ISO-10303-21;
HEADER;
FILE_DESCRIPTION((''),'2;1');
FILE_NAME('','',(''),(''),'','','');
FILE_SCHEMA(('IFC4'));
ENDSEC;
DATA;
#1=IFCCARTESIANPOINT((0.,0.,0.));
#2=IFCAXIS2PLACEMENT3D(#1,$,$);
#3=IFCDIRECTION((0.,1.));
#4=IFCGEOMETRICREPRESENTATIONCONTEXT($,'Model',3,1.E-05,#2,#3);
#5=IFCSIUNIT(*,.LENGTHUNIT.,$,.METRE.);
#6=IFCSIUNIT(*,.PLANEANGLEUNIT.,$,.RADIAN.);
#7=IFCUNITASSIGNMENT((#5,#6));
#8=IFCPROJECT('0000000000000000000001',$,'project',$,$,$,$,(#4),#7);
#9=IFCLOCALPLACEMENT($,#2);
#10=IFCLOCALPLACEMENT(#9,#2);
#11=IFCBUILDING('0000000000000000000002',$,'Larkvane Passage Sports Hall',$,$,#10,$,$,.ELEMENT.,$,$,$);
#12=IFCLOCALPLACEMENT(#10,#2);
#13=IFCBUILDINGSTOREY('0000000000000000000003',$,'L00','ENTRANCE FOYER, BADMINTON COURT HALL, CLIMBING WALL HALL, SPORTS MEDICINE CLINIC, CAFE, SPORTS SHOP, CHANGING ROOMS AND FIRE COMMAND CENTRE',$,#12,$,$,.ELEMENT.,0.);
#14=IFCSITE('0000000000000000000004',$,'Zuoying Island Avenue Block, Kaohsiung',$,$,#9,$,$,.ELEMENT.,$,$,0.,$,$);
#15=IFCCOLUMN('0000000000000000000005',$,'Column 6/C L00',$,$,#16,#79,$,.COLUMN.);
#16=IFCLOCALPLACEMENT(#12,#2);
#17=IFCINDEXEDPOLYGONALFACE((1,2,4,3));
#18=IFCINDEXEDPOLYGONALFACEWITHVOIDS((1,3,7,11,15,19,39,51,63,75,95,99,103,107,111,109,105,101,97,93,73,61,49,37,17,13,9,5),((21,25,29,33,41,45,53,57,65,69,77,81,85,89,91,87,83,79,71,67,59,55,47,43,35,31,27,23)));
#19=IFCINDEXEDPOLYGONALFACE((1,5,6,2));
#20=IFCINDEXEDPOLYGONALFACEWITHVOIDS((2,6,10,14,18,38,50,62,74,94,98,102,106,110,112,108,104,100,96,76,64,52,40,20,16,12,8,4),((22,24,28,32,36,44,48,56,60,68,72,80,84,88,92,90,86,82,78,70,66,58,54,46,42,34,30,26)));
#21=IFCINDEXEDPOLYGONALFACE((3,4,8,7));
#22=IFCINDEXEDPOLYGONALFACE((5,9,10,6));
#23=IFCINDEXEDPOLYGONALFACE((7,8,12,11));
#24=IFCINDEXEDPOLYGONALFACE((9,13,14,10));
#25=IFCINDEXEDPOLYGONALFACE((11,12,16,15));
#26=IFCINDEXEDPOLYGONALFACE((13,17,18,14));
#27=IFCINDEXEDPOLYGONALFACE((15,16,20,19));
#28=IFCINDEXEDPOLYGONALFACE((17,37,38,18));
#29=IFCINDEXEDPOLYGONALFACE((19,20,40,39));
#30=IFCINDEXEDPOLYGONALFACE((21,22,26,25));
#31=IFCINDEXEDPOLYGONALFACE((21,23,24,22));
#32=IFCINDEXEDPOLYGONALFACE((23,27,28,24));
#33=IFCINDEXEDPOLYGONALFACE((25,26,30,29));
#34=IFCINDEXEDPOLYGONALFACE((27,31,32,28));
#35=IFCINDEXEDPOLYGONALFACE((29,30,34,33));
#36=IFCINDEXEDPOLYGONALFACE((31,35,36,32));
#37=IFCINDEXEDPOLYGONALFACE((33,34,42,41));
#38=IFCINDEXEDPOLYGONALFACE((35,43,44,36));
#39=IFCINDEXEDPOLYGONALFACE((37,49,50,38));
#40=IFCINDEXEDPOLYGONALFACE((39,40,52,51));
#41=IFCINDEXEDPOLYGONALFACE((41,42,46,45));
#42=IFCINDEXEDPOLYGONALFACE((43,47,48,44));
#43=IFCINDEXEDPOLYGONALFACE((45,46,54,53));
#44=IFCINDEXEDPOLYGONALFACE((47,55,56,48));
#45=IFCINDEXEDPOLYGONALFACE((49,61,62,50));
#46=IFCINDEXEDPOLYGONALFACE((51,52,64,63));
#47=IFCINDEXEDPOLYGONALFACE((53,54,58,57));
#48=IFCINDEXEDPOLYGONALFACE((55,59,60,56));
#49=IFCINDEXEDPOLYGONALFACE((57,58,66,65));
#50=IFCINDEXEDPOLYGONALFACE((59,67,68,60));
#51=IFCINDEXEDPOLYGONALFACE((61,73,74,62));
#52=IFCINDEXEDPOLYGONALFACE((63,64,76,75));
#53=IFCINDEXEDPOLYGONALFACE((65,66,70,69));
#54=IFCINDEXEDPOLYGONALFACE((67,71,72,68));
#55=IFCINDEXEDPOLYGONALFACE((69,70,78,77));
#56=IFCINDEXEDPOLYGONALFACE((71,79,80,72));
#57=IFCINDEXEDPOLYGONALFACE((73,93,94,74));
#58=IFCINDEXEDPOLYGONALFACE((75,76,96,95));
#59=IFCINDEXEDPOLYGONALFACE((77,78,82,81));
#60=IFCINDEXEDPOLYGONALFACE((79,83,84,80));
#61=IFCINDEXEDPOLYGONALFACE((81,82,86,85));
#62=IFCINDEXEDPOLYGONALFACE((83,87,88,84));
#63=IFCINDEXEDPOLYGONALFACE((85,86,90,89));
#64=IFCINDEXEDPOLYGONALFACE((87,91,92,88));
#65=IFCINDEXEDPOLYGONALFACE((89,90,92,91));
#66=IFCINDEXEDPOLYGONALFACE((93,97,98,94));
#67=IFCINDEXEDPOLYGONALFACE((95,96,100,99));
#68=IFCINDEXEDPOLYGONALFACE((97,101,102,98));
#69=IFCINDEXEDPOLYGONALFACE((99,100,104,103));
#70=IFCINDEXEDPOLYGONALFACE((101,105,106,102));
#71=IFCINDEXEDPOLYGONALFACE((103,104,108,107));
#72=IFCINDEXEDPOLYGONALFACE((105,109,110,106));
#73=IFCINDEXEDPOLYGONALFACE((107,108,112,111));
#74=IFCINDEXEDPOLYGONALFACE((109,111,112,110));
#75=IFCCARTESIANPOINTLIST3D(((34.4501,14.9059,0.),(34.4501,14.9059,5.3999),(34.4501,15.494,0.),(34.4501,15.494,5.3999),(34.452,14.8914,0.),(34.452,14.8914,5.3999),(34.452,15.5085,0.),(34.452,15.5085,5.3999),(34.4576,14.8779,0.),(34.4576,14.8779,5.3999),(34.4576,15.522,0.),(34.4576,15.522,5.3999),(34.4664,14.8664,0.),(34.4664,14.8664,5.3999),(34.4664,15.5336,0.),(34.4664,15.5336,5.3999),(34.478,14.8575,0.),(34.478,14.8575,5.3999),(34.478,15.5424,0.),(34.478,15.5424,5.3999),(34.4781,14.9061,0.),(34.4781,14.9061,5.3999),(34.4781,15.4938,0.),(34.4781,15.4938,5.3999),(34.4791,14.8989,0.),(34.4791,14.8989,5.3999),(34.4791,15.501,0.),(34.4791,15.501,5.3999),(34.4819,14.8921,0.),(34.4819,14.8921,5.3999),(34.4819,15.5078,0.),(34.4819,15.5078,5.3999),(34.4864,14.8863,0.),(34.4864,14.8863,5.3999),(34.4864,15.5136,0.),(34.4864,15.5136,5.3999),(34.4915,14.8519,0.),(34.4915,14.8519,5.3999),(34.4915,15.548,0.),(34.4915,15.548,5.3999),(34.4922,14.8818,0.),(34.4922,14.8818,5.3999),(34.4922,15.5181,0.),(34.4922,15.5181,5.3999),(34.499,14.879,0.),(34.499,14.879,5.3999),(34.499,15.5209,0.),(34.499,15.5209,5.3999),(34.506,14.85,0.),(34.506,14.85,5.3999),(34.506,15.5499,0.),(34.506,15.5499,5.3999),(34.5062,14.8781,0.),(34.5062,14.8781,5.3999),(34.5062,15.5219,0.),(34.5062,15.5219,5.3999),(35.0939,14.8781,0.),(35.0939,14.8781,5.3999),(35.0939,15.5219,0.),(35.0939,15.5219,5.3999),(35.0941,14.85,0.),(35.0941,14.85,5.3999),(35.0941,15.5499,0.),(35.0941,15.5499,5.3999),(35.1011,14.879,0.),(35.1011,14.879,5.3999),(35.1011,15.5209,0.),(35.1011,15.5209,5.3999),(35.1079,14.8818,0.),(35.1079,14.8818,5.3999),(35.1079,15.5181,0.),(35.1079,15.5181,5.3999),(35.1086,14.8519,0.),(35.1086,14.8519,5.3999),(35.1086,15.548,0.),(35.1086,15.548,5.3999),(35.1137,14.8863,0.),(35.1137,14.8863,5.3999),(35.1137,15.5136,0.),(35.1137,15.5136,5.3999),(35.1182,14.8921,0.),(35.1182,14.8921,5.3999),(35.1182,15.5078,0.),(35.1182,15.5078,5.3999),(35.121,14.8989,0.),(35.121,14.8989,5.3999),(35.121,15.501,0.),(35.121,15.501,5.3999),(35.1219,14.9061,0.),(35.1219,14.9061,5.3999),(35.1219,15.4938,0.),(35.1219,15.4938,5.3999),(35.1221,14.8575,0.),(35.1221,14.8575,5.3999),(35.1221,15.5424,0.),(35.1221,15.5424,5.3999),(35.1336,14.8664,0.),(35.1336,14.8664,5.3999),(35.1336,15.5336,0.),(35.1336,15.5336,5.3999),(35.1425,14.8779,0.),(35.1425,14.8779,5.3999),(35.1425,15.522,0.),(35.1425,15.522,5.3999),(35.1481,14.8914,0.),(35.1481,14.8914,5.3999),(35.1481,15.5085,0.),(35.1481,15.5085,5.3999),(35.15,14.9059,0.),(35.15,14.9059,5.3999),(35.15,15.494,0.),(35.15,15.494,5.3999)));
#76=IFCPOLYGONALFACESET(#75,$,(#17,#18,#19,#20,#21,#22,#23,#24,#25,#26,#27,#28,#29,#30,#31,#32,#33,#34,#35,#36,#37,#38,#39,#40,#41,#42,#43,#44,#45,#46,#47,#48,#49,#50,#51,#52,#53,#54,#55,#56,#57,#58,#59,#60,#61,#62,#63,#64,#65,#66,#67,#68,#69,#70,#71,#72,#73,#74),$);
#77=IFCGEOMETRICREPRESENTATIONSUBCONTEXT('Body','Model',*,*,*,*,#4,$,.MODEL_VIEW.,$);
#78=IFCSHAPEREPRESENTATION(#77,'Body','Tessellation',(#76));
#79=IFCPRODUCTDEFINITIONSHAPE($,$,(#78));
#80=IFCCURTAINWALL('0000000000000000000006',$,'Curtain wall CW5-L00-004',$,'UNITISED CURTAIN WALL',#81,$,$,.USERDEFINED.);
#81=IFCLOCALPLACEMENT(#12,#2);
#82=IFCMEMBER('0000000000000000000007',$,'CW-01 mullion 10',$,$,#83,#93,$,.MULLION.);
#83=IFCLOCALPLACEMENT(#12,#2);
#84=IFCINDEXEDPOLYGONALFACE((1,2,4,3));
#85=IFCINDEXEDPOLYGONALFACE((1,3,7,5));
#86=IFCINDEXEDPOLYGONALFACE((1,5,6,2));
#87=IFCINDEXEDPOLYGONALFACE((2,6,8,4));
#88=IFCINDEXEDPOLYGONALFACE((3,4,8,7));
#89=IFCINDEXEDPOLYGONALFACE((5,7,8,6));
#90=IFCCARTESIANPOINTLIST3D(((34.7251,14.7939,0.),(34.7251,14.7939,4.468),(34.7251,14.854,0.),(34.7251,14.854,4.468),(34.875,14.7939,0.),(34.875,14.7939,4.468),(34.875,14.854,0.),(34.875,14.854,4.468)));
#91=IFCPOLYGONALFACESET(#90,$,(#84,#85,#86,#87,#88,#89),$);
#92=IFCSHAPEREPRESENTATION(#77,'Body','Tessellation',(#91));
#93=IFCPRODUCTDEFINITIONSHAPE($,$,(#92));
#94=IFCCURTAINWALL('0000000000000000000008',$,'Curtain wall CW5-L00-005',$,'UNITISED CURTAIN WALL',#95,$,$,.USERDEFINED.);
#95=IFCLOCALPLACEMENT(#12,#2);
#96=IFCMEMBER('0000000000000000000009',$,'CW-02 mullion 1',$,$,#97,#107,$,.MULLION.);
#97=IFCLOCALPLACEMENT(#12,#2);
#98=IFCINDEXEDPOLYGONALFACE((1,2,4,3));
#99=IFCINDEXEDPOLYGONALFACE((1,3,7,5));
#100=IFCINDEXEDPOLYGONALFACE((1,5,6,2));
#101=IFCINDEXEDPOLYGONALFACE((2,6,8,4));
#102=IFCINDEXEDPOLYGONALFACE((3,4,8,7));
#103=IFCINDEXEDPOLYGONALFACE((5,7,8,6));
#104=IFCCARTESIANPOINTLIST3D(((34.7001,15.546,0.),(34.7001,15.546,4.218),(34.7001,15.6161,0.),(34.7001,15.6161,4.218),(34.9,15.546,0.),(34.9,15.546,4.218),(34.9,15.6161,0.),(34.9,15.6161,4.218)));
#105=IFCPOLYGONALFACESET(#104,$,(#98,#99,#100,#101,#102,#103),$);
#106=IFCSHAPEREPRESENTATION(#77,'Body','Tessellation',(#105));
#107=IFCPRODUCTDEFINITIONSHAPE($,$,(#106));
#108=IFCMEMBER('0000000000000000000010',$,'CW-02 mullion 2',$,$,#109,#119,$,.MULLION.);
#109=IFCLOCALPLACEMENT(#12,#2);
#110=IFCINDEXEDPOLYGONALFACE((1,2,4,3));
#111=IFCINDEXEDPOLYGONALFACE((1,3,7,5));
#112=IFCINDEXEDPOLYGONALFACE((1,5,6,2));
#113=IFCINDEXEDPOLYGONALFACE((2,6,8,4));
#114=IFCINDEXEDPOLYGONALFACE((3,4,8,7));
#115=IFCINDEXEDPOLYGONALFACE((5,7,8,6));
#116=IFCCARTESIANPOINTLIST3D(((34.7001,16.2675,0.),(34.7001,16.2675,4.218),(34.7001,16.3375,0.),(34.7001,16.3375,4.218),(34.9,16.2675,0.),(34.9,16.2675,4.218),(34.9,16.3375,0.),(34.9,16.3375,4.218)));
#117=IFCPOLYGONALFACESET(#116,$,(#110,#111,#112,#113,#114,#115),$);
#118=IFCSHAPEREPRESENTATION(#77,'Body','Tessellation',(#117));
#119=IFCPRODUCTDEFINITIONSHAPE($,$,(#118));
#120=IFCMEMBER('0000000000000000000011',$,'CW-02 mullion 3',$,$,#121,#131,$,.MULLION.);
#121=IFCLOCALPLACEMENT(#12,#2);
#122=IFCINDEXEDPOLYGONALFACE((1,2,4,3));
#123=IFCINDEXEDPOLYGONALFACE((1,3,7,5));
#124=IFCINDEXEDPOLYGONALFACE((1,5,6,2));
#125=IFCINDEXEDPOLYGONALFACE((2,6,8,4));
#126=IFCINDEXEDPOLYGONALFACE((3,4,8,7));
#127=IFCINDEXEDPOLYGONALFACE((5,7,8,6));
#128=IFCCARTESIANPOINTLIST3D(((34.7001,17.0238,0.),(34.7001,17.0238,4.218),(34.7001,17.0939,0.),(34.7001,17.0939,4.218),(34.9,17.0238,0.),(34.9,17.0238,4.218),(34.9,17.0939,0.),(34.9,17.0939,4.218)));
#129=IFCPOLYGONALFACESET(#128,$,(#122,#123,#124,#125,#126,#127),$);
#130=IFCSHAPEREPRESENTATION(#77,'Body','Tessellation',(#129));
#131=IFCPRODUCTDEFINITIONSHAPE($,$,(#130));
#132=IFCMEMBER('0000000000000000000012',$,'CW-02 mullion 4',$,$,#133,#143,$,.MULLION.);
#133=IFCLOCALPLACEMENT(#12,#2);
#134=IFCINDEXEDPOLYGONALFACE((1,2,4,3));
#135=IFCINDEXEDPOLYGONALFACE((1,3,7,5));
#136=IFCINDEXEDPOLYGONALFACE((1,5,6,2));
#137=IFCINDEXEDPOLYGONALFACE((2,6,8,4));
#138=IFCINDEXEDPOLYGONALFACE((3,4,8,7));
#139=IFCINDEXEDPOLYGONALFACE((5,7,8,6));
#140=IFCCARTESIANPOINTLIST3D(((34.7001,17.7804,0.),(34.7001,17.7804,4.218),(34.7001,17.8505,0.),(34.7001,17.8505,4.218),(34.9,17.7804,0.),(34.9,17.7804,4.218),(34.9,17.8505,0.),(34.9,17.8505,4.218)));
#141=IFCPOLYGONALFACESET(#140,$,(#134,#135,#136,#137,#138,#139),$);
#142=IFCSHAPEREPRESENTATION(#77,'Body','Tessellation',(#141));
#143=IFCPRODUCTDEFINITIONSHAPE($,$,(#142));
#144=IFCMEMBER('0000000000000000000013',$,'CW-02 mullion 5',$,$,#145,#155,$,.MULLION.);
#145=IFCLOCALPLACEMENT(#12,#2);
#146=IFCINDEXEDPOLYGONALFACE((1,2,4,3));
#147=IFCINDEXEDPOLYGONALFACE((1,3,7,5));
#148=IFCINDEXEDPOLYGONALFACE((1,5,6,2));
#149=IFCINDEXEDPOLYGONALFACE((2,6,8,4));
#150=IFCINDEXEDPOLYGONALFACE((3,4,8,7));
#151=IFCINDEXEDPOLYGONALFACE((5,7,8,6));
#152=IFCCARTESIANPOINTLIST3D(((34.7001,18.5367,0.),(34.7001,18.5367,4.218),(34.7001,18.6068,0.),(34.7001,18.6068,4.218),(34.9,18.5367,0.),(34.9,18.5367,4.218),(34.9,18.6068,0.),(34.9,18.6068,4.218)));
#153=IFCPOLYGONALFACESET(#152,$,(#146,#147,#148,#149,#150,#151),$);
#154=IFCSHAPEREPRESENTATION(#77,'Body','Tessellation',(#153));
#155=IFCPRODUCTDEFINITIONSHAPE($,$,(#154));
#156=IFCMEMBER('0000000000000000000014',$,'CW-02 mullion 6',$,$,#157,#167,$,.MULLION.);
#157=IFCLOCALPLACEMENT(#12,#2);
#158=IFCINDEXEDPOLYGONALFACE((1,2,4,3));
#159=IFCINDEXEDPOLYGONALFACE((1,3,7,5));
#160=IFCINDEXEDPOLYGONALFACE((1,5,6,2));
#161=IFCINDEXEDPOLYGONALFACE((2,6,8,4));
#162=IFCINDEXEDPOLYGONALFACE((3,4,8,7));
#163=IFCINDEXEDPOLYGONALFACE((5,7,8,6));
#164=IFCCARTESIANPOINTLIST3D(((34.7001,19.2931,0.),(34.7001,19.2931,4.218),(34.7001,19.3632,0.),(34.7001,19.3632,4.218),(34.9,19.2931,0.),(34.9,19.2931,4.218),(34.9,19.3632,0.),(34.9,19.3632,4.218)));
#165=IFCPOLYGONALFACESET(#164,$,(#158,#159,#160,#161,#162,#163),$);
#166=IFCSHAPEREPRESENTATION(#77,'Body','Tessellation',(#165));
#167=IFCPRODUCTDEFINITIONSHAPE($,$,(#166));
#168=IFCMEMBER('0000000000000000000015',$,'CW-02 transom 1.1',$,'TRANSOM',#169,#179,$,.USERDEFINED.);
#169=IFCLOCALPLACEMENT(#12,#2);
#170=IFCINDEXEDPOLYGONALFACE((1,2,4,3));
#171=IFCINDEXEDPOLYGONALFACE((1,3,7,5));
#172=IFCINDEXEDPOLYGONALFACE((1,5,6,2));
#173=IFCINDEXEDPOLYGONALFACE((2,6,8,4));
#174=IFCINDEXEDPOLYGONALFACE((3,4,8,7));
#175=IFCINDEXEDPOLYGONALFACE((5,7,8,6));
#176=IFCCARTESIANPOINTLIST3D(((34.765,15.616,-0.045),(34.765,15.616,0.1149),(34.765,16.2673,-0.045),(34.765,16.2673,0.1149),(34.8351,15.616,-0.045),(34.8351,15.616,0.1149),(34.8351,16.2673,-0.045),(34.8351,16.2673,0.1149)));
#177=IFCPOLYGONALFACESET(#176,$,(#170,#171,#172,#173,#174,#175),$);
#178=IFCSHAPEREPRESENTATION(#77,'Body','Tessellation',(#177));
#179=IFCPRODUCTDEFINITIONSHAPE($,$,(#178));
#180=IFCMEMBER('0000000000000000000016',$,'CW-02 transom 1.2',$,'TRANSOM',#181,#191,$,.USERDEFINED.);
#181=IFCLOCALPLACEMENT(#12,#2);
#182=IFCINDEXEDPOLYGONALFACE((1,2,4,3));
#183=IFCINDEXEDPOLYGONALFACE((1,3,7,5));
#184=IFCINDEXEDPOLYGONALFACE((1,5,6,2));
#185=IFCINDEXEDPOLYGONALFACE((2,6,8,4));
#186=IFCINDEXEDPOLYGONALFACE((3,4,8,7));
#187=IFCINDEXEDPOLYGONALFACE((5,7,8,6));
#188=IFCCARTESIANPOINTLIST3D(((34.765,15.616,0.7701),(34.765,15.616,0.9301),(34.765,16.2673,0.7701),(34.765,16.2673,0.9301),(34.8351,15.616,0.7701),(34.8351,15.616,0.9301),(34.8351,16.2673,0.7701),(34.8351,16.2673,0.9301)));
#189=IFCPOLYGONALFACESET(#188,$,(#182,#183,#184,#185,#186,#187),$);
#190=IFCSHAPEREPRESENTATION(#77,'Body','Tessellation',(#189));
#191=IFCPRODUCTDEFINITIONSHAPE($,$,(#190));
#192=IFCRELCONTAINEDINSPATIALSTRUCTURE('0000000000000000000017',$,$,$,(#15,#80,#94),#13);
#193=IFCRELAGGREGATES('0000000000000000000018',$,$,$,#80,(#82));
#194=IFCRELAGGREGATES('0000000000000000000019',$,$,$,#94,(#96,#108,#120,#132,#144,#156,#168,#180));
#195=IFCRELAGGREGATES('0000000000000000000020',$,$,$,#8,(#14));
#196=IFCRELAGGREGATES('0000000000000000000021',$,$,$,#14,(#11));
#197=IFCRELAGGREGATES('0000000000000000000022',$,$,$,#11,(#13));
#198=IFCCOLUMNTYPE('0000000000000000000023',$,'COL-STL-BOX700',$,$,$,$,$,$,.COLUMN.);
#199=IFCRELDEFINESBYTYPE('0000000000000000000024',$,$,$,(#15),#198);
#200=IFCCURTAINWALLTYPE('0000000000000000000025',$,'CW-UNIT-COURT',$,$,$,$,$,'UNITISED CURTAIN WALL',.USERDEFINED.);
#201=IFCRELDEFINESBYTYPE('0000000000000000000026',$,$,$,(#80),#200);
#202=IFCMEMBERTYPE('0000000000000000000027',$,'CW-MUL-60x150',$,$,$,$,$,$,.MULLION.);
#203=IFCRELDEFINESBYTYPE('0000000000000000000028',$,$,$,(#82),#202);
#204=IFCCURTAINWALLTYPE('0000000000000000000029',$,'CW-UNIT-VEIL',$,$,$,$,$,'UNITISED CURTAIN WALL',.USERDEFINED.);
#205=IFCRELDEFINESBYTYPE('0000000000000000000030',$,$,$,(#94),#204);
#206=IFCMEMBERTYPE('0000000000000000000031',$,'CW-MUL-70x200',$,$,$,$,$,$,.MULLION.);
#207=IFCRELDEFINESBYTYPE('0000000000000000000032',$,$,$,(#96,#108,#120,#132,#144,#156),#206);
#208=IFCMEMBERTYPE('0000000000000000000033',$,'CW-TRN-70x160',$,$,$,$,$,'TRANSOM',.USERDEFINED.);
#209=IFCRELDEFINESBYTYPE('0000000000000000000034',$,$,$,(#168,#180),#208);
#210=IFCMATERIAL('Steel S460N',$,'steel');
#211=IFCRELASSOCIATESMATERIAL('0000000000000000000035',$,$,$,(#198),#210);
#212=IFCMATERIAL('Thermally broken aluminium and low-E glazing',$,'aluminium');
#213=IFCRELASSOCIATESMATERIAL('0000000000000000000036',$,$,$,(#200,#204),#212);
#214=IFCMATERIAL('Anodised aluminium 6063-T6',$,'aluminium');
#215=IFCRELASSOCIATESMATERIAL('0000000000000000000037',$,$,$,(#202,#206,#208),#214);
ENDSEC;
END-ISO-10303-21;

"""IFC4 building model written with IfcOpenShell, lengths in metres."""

from ifc_helpers import new_model, si_unit, direction, frame, origin, origin_2d, place, context, subcontext, project, spatial, rectangle, hollow_rectangle, extrude, material, material_profile, profile_set, type_object, element, aggregate, save


model = new_model("IFC4")

# Units and contexts
model_context = context("Model", 3, precision=1e-05, world=origin(), true_north=direction((0.0, 1.0)))
body_context = subcontext(model_context, "Body", "Model", "MODEL_VIEW")
ifc_project = project(units=[si_unit("LENGTHUNIT", "METRE"), si_unit("PLANEANGLEUNIT", "RADIAN")], contexts=[model_context])

# Site, building, storey
site_placement = place(None, origin())
site = spatial("IfcSite", under=ifc_project, at=site_placement, Name="Zuoying Island Avenue Block, Kaohsiung", CompositionType="ELEMENT", RefElevation=0.0)
building_placement = place(site_placement, origin())
building = spatial("IfcBuilding", under=site, at=building_placement, Name="Larkvane Passage Sports Hall", CompositionType="ELEMENT")
storey_placement = place(building_placement, origin())
storey = spatial("IfcBuildingStorey", under=building, at=storey_placement, Name="L00", Description="ENTRANCE FOYER, BADMINTON COURT HALL, CLIMBING WALL HALL, SPORTS MEDICINE CLINIC, CAFE, SPORTS SHOP, CHANGING ROOMS AND FIRE COMMAND CENTRE", CompositionType="ELEMENT", Elevation=0.0)

# Column
ifc_material_1 = material(Name="Steel S460N", Category="steel")
ifc_material_profile_1 = material_profile(ifc_material_1, hollow_rectangle(XDim=0.7, YDim=0.7, WallThickness=0.0281, InnerFilletRadius=0.0281, OuterFilletRadius=0.0559, at=origin_2d()), Name="BOX-700x700x28")
ifc_profile_set_1 = profile_set([ifc_material_profile_1], Name="Steel S460N")
column_type = type_object("IfcColumnType", Name="COL-STL-BOX700", PredefinedType="COLUMN", material=ifc_profile_set_1)
column_placement = place(storey_placement, frame((34.8, 15.2, 0.0), z_axis=(0.0, 0.0, 1.0), x_axis=(1.0, 0.0, 0.0)))
element("IfcColumn", 1, at=column_placement, inside=storey, type_object=column_type, Name="Column 6/C L00", PredefinedType="COLUMN", context=body_context, shape_type="SweptSolid", body=[
    extrude(hollow_rectangle(XDim=0.7, YDim=0.7, WallThickness=0.0281, InnerFilletRadius=0.0281, OuterFilletRadius=0.0559, at=origin_2d()), origin(), (0.0, 0.0, 1.0), 5.3999),
])

# Curtain wall, member
ifc_material_2 = material(Name="Thermally broken aluminium and low-E glazing", Category="aluminium")
curtain_wall_type_1 = type_object("IfcCurtainWallType", Name="CW-UNIT-COURT", ElementType="UNITISED CURTAIN WALL", PredefinedType="USERDEFINED", material=ifc_material_2)
curtain_wall_1_placement = place(storey_placement, origin())
curtain_wall_1 = element("IfcCurtainWall", 2, at=curtain_wall_1_placement, inside=storey, type_object=curtain_wall_type_1, Name="Curtain wall CW5-L00-004", ObjectType="UNITISED CURTAIN WALL", PredefinedType="USERDEFINED")
ifc_material_3 = material(Name="Anodised aluminium 6063-T6", Category="aluminium")
ifc_material_profile_2 = material_profile(ifc_material_3, rectangle(XDim=0.0601, YDim=0.1499, at=origin_2d()), Name="ALU-MUL-60x150")
ifc_profile_set_2 = profile_set([ifc_material_profile_2], Name="Anodised aluminium 6063-T6")
member_type_1 = type_object("IfcMemberType", Name="CW-MUL-60x150", PredefinedType="MULLION", material=ifc_profile_set_2)
member_1_placement = place(storey_placement, frame((34.8, 14.824, 0.0), z_axis=(0.0, 0.0, 1.0), x_axis=(0.0, 1.0, 0.0)))
member_1 = element("IfcMember", 3, at=member_1_placement, type_object=member_type_1, Name="CW-01 mullion 10", PredefinedType="MULLION", context=body_context, shape_type="SweptSolid", body=[
    extrude(rectangle(XDim=0.0601, YDim=0.1499, at=origin_2d()), origin(), (0.0, 0.0, 1.0), 4.468),
])
aggregate(curtain_wall_1, [member_1])

# Curtain wall, members
curtain_wall_type_2 = type_object("IfcCurtainWallType", Name="CW-UNIT-VEIL", ElementType="UNITISED CURTAIN WALL", PredefinedType="USERDEFINED", material=ifc_material_2)
curtain_wall_2_placement = place(storey_placement, origin())
curtain_wall_2 = element("IfcCurtainWall", 4, at=curtain_wall_2_placement, inside=storey, type_object=curtain_wall_type_2, Name="Curtain wall CW5-L00-005", ObjectType="UNITISED CURTAIN WALL", PredefinedType="USERDEFINED")
ifc_material_profile_3 = material_profile(ifc_material_3, rectangle(XDim=0.0701, YDim=0.2, at=origin_2d()), Name="ALU-MUL-70x200")
ifc_profile_set_3 = profile_set([ifc_material_profile_3], Name="Anodised aluminium 6063-T6")
member_type_2 = type_object("IfcMemberType", Name="CW-MUL-70x200", PredefinedType="MULLION", material=ifc_profile_set_3)
member_2_placement = place(storey_placement, frame((34.8, 15.5811, 0.0), z_axis=(0.0, 0.0, 1.0), x_axis=(0.0, 1.0, 0.0)))
member_2 = element("IfcMember", 5, at=member_2_placement, type_object=member_type_2, Name="CW-02 mullion 1", PredefinedType="MULLION", context=body_context, shape_type="SweptSolid", body=[
    extrude(rectangle(XDim=0.0701, YDim=0.2, at=origin_2d()), origin(), (0.0, 0.0, 1.0), 4.218),
])
member_3_placement = place(storey_placement, frame((34.8, 16.3025, 0.0), z_axis=(0.0, 0.0, 1.0), x_axis=(0.0, 1.0, 0.0)))
member_3 = element("IfcMember", 6, at=member_3_placement, type_object=member_type_2, Name="CW-02 mullion 2", PredefinedType="MULLION", context=body_context, shape_type="SweptSolid", body=[
    extrude(rectangle(XDim=0.0701, YDim=0.2, at=origin_2d()), origin(), (0.0, 0.0, 1.0), 4.218),
])
member_4_placement = place(storey_placement, frame((34.8, 17.0588, 0.0), z_axis=(0.0, 0.0, 1.0), x_axis=(0.0, 1.0, 0.0)))
member_4 = element("IfcMember", 7, at=member_4_placement, type_object=member_type_2, Name="CW-02 mullion 3", PredefinedType="MULLION", context=body_context, shape_type="SweptSolid", body=[
    extrude(rectangle(XDim=0.0701, YDim=0.2, at=origin_2d()), origin(), (0.0, 0.0, 1.0), 4.218),
])
member_5_placement = place(storey_placement, frame((34.8, 17.8154, 0.0), z_axis=(0.0, 0.0, 1.0), x_axis=(0.0, 1.0, 0.0)))
member_5 = element("IfcMember", 8, at=member_5_placement, type_object=member_type_2, Name="CW-02 mullion 4", PredefinedType="MULLION", context=body_context, shape_type="SweptSolid", body=[
    extrude(rectangle(XDim=0.0701, YDim=0.2, at=origin_2d()), origin(), (0.0, 0.0, 1.0), 4.218),
])
member_6_placement = place(storey_placement, frame((34.8, 18.5718, 0.0), z_axis=(0.0, 0.0, 1.0), x_axis=(0.0, 1.0, 0.0)))
member_6 = element("IfcMember", 9, at=member_6_placement, type_object=member_type_2, Name="CW-02 mullion 5", PredefinedType="MULLION", context=body_context, shape_type="SweptSolid", body=[
    extrude(rectangle(XDim=0.0701, YDim=0.2, at=origin_2d()), origin(), (0.0, 0.0, 1.0), 4.218),
])
member_7_placement = place(storey_placement, frame((34.8, 19.3281, 0.0), z_axis=(0.0, 0.0, 1.0), x_axis=(0.0, 1.0, 0.0)))
member_7 = element("IfcMember", 10, at=member_7_placement, type_object=member_type_2, Name="CW-02 mullion 6", PredefinedType="MULLION", context=body_context, shape_type="SweptSolid", body=[
    extrude(rectangle(XDim=0.0701, YDim=0.2, at=origin_2d()), origin(), (0.0, 0.0, 1.0), 4.218),
])
ifc_material_profile_4 = material_profile(ifc_material_3, rectangle(XDim=0.0701, YDim=0.1599, at=origin_2d()), Name="ALU-TRN-70x160")
ifc_profile_set_4 = profile_set([ifc_material_profile_4], Name="Anodised aluminium 6063-T6")
member_type_3 = type_object("IfcMemberType", Name="CW-TRN-70x160", ElementType="TRANSOM", PredefinedType="USERDEFINED", material=ifc_profile_set_4)
member_8_placement = place(storey_placement, frame((34.8, 15.616, 0.0349), z_axis=(0.0, 1.0, 0.0), x_axis=(-1.0, 0.0, 0.0)))
member_8 = element("IfcMember", 11, at=member_8_placement, type_object=member_type_3, Name="CW-02 transom 1.1", ObjectType="TRANSOM", PredefinedType="USERDEFINED", context=body_context, shape_type="SweptSolid", body=[
    extrude(rectangle(XDim=0.0701, YDim=0.1599, at=origin_2d()), origin(), (0.0, 0.0, 1.0), 0.6514),
])
member_9_placement = place(storey_placement, frame((34.8, 15.616, 0.8501), z_axis=(0.0, 1.0, 0.0), x_axis=(-1.0, 0.0, 0.0)))
member_9 = element("IfcMember", 12, at=member_9_placement, type_object=member_type_3, Name="CW-02 transom 1.2", ObjectType="TRANSOM", PredefinedType="USERDEFINED", context=body_context, shape_type="SweptSolid", body=[
    extrude(rectangle(XDim=0.0701, YDim=0.1599, at=origin_2d()), origin(), (0.0, 0.0, 1.0), 0.6514),
])

aggregate(curtain_wall_2, [member_2, member_3, member_4, member_5, member_6, member_7, member_8, member_9])

save(model, "model.ifc")
